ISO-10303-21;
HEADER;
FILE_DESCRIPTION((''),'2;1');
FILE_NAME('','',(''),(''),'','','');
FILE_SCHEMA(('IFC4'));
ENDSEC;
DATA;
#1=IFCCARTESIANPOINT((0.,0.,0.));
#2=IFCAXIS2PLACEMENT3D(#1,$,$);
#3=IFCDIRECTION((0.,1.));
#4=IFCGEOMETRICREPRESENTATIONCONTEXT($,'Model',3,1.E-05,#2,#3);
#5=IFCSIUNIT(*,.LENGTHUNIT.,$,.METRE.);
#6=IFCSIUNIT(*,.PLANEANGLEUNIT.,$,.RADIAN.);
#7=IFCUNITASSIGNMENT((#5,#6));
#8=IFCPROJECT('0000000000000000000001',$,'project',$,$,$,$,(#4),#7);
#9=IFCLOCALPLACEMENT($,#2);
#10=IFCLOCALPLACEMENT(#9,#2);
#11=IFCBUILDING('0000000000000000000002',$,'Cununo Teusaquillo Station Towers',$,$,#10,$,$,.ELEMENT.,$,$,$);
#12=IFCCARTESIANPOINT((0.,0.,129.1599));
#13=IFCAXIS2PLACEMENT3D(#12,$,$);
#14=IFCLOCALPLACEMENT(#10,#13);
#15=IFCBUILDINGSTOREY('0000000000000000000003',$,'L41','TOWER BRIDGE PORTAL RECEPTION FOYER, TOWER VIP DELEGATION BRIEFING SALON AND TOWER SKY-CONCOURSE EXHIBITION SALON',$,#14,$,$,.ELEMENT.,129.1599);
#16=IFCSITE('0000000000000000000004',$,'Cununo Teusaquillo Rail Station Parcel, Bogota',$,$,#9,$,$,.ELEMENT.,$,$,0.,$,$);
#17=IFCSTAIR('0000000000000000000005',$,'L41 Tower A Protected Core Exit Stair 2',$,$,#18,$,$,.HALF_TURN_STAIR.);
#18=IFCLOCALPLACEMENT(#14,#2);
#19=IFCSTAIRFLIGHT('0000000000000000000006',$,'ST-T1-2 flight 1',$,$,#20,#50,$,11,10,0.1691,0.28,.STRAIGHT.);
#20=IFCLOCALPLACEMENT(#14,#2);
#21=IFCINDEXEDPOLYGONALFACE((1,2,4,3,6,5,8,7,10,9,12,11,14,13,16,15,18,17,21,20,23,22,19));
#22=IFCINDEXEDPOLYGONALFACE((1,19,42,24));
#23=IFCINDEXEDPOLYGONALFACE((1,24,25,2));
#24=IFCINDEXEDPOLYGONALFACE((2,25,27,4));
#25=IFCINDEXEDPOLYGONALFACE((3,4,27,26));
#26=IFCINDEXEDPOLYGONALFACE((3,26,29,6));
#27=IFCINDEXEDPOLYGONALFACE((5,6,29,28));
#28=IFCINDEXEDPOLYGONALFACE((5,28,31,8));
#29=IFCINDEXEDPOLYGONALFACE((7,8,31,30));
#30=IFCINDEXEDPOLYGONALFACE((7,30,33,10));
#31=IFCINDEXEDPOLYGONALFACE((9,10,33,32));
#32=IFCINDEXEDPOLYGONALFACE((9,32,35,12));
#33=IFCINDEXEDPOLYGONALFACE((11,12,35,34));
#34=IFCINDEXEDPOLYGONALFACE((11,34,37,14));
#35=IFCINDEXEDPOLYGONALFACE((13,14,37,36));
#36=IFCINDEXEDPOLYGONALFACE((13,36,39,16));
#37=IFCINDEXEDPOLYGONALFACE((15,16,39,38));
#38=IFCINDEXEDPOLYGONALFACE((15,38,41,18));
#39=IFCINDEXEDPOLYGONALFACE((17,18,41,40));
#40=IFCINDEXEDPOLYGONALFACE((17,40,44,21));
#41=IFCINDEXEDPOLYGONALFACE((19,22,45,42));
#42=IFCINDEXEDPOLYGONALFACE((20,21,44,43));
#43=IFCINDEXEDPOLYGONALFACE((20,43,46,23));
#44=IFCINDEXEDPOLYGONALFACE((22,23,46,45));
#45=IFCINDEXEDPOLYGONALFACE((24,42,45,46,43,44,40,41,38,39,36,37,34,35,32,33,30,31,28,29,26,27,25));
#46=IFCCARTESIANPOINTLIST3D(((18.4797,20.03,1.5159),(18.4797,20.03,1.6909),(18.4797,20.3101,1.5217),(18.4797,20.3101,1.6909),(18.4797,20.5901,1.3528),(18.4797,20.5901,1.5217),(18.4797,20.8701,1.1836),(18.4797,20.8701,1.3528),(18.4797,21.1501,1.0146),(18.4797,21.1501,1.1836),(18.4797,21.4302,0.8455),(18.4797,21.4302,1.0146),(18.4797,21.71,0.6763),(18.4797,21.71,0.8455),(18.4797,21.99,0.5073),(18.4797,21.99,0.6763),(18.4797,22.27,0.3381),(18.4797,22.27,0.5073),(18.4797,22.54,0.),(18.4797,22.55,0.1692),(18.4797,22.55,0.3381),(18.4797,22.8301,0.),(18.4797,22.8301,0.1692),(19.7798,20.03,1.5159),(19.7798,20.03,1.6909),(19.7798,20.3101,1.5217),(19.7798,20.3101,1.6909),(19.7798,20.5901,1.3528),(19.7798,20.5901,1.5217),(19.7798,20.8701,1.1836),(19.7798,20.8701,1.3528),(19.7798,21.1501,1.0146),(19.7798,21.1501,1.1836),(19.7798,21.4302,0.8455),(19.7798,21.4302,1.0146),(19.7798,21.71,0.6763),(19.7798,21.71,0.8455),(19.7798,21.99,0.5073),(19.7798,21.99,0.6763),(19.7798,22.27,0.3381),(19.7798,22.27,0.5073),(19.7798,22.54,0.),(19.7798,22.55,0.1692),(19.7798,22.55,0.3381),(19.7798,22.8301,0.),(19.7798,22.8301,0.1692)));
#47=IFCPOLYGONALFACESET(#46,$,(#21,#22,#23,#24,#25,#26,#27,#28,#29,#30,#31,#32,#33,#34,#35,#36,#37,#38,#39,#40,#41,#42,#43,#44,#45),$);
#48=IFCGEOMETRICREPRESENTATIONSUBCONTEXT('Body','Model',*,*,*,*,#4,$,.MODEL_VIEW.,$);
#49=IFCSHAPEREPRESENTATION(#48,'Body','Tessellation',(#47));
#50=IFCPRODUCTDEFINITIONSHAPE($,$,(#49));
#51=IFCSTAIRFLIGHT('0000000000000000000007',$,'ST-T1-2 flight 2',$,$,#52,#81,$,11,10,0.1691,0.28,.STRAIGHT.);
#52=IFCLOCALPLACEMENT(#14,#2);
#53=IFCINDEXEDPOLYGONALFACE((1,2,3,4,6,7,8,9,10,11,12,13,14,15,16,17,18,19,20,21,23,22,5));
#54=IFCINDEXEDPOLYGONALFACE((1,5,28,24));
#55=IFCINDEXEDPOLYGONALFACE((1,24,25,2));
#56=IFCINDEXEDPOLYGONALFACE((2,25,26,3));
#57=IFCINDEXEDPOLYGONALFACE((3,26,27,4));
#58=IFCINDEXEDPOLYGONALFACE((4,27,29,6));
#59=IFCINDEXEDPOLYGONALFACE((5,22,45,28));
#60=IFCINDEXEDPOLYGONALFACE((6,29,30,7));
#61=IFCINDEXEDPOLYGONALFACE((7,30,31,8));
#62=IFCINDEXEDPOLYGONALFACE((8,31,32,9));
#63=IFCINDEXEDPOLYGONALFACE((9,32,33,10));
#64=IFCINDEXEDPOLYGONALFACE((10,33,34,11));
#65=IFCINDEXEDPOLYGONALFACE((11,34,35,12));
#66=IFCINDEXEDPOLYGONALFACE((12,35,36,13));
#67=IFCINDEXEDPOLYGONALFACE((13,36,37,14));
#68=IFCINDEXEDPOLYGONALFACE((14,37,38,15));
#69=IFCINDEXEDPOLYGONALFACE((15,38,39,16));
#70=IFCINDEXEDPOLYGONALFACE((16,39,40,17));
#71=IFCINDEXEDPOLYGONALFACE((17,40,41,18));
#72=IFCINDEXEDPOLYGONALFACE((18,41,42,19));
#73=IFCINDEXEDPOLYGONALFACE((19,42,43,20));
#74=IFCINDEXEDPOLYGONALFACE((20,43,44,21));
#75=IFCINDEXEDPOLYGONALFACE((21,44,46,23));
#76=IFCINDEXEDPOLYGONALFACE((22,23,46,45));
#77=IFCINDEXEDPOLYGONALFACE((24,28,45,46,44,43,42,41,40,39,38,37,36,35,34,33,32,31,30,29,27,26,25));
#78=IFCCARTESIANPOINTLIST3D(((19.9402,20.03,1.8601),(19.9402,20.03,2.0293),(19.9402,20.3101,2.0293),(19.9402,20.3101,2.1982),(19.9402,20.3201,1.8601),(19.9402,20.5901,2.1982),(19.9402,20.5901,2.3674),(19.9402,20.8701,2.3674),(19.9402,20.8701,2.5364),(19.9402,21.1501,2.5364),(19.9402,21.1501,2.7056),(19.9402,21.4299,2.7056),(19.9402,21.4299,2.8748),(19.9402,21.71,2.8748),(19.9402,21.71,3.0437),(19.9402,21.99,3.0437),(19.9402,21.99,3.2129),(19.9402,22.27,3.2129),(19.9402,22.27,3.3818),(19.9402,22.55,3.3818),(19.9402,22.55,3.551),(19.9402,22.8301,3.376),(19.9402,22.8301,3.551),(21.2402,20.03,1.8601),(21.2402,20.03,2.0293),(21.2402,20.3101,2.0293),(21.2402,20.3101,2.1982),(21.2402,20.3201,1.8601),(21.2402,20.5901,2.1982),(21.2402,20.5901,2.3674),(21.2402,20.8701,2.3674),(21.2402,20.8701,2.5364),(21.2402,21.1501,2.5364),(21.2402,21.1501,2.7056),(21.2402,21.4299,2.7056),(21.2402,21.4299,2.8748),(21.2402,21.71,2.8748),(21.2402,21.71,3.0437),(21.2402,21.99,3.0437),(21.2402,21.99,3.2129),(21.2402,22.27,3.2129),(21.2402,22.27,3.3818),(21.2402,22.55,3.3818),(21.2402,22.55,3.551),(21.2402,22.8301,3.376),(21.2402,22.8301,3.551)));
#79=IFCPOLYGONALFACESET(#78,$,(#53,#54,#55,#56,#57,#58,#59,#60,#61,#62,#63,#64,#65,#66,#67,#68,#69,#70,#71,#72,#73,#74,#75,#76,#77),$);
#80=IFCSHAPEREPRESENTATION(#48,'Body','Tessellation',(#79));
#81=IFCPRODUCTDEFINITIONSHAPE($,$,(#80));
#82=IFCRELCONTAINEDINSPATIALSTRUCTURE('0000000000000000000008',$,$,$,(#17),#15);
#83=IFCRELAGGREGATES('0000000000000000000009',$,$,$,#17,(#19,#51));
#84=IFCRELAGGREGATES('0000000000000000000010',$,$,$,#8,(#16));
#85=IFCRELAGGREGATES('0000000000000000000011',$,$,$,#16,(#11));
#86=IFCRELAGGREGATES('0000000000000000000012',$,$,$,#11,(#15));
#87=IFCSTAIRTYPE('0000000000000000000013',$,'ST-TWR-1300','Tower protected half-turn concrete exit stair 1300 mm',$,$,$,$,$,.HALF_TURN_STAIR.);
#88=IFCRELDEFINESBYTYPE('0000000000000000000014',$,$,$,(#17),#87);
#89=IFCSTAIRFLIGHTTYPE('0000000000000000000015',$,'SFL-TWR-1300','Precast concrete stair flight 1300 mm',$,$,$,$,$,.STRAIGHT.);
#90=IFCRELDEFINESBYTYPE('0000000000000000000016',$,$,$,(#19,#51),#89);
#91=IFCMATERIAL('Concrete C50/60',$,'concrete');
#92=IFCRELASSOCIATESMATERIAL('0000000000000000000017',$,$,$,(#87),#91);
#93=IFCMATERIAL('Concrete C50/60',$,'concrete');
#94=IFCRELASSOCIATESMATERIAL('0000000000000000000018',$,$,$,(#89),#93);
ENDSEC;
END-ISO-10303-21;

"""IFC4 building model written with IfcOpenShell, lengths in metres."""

from ifc_helpers import new_model, si_unit, direction, frame, origin, place, context, subcontext, project, spatial, polyline, outline, extrude, material, type_object, element, aggregate, save


model = new_model("IFC4")

# Units and contexts
model_context = context("Model", 3, precision=1e-05, world=origin(), true_north=direction((0.0, 1.0)))
body_context = subcontext(model_context, "Body", "Model", "MODEL_VIEW")
ifc_project = project(units=[si_unit("LENGTHUNIT", "METRE"), si_unit("PLANEANGLEUNIT", "RADIAN")], contexts=[model_context])

# Site, building, storey
site_placement = place(None, origin())
site = spatial("IfcSite", under=ifc_project, at=site_placement, Name="Cununo Teusaquillo Rail Station Parcel, Bogota", CompositionType="ELEMENT", RefElevation=0.0)
building_placement = place(site_placement, origin())
building = spatial("IfcBuilding", under=site, at=building_placement, Name="Cununo Teusaquillo Station Towers", CompositionType="ELEMENT")
storey_placement = place(building_placement, frame((0.0, 0.0, 129.1599)))
storey = spatial("IfcBuildingStorey", under=building, at=storey_placement, Name="L41", Description="TOWER BRIDGE PORTAL RECEPTION FOYER, TOWER VIP DELEGATION BRIEFING SALON AND TOWER SKY-CONCOURSE EXHIBITION SALON", CompositionType="ELEMENT", Elevation=129.1599)

# Stair, stair flights
ifc_material_1 = material(Name="Concrete C50/60", Category="concrete")
stair_type = type_object("IfcStairType", Name="ST-TWR-1300", Description="Tower protected half-turn concrete exit stair 1300 mm", PredefinedType="HALF_TURN_STAIR", material=ifc_material_1)
stair_placement = place(storey_placement, origin())
stair = element("IfcStair", 1, at=stair_placement, inside=storey, type_object=stair_type, Name="L41 Tower A Protected Core Exit Stair 2", PredefinedType="HALF_TURN_STAIR")
ifc_material_2 = material(Name="Concrete C50/60", Category="concrete")
stair_flight_type = type_object("IfcStairFlightType", Name="SFL-TWR-1300", Description="Precast concrete stair flight 1300 mm", PredefinedType="STRAIGHT", material=ifc_material_2)
stair_flight_1_placement = place(storey_placement, frame((19.1299, 22.8301, 0.0), z_axis=(0.0, 0.0, 1.0), x_axis=(0.0, -1.0, 0.0)))
stair_flight_1 = element("IfcStairFlight", 2, at=stair_flight_1_placement, type_object=stair_flight_type, Name="ST-T1-2 flight 1", NumberOfRisers=11, NumberOfTreads=10, PredefinedType="STRAIGHT", RiserHeight=0.1691, TreadLength=0.28, context=body_context, shape_type="SweptSolid", body=[
    extrude(outline(polyline([(0.0, 0.0), (0.0, 0.1692), (0.28, 0.1692), (0.28, 0.3381), (0.5601, 0.3381), (0.5601, 0.5073), (0.8401, 0.5073), (0.8401, 0.6763), (1.1201, 0.6763), (1.1201, 0.8455), (1.3999, 0.8455), (1.3999, 1.0146), (1.6799, 1.0146), (1.6799, 1.1836), (1.96, 1.1836), (1.96, 1.3528), (2.24, 1.3528), (2.24, 1.5217), (2.52, 1.5217), (2.52, 1.6909), (2.8, 1.6909), (2.8, 1.8601), (2.8, 1.5159), (0.29, 0.0), (0.0, 0.0)])), frame((0.0, 0.6499, 0.0), z_axis=(0.0, -1.0, 0.0), x_axis=(1.0, 0.0, 0.0)), (0.0, 0.0, 1.0), 1.3),
])
stair_flight_2_placement = place(storey_placement, frame((20.5901, 20.03, 1.8601), z_axis=(0.0, 0.0, 1.0), x_axis=(0.0, 1.0, 0.0)))
stair_flight_2 = element("IfcStairFlight", 3, at=stair_flight_2_placement, type_object=stair_flight_type, Name="ST-T1-2 flight 2", NumberOfRisers=11, NumberOfTreads=10, PredefinedType="STRAIGHT", RiserHeight=0.1691, TreadLength=0.28, context=body_context, shape_type="SweptSolid", body=[
    extrude(outline(polyline([(0.0, 0.0), (0.0, 0.1692), (0.28, 0.1692), (0.28, 0.3381), (0.5601, 0.3381), (0.5601, 0.5073), (0.8401, 0.5073), (0.8401, 0.6763), (1.1201, 0.6763), (1.1201, 0.8455), (1.3999, 0.8455), (1.3999, 1.0146), (1.6799, 1.0146), (1.6799, 1.1836), (1.96, 1.1836), (1.96, 1.3528), (2.24, 1.3528), (2.24, 1.5217), (2.52, 1.5217), (2.52, 1.6909), (2.8, 1.6909), (2.8, 1.8601), (2.8, 1.5159), (0.29, 0.0), (0.0, 0.0)])), frame((0.0, 0.6499, 0.0), z_axis=(0.0, -1.0, 0.0), x_axis=(1.0, 0.0, 0.0)), (0.0, 0.0, 1.0), 1.3),
])
aggregate(stair, [stair_flight_1, stair_flight_2])

save(model, "model.ifc")
